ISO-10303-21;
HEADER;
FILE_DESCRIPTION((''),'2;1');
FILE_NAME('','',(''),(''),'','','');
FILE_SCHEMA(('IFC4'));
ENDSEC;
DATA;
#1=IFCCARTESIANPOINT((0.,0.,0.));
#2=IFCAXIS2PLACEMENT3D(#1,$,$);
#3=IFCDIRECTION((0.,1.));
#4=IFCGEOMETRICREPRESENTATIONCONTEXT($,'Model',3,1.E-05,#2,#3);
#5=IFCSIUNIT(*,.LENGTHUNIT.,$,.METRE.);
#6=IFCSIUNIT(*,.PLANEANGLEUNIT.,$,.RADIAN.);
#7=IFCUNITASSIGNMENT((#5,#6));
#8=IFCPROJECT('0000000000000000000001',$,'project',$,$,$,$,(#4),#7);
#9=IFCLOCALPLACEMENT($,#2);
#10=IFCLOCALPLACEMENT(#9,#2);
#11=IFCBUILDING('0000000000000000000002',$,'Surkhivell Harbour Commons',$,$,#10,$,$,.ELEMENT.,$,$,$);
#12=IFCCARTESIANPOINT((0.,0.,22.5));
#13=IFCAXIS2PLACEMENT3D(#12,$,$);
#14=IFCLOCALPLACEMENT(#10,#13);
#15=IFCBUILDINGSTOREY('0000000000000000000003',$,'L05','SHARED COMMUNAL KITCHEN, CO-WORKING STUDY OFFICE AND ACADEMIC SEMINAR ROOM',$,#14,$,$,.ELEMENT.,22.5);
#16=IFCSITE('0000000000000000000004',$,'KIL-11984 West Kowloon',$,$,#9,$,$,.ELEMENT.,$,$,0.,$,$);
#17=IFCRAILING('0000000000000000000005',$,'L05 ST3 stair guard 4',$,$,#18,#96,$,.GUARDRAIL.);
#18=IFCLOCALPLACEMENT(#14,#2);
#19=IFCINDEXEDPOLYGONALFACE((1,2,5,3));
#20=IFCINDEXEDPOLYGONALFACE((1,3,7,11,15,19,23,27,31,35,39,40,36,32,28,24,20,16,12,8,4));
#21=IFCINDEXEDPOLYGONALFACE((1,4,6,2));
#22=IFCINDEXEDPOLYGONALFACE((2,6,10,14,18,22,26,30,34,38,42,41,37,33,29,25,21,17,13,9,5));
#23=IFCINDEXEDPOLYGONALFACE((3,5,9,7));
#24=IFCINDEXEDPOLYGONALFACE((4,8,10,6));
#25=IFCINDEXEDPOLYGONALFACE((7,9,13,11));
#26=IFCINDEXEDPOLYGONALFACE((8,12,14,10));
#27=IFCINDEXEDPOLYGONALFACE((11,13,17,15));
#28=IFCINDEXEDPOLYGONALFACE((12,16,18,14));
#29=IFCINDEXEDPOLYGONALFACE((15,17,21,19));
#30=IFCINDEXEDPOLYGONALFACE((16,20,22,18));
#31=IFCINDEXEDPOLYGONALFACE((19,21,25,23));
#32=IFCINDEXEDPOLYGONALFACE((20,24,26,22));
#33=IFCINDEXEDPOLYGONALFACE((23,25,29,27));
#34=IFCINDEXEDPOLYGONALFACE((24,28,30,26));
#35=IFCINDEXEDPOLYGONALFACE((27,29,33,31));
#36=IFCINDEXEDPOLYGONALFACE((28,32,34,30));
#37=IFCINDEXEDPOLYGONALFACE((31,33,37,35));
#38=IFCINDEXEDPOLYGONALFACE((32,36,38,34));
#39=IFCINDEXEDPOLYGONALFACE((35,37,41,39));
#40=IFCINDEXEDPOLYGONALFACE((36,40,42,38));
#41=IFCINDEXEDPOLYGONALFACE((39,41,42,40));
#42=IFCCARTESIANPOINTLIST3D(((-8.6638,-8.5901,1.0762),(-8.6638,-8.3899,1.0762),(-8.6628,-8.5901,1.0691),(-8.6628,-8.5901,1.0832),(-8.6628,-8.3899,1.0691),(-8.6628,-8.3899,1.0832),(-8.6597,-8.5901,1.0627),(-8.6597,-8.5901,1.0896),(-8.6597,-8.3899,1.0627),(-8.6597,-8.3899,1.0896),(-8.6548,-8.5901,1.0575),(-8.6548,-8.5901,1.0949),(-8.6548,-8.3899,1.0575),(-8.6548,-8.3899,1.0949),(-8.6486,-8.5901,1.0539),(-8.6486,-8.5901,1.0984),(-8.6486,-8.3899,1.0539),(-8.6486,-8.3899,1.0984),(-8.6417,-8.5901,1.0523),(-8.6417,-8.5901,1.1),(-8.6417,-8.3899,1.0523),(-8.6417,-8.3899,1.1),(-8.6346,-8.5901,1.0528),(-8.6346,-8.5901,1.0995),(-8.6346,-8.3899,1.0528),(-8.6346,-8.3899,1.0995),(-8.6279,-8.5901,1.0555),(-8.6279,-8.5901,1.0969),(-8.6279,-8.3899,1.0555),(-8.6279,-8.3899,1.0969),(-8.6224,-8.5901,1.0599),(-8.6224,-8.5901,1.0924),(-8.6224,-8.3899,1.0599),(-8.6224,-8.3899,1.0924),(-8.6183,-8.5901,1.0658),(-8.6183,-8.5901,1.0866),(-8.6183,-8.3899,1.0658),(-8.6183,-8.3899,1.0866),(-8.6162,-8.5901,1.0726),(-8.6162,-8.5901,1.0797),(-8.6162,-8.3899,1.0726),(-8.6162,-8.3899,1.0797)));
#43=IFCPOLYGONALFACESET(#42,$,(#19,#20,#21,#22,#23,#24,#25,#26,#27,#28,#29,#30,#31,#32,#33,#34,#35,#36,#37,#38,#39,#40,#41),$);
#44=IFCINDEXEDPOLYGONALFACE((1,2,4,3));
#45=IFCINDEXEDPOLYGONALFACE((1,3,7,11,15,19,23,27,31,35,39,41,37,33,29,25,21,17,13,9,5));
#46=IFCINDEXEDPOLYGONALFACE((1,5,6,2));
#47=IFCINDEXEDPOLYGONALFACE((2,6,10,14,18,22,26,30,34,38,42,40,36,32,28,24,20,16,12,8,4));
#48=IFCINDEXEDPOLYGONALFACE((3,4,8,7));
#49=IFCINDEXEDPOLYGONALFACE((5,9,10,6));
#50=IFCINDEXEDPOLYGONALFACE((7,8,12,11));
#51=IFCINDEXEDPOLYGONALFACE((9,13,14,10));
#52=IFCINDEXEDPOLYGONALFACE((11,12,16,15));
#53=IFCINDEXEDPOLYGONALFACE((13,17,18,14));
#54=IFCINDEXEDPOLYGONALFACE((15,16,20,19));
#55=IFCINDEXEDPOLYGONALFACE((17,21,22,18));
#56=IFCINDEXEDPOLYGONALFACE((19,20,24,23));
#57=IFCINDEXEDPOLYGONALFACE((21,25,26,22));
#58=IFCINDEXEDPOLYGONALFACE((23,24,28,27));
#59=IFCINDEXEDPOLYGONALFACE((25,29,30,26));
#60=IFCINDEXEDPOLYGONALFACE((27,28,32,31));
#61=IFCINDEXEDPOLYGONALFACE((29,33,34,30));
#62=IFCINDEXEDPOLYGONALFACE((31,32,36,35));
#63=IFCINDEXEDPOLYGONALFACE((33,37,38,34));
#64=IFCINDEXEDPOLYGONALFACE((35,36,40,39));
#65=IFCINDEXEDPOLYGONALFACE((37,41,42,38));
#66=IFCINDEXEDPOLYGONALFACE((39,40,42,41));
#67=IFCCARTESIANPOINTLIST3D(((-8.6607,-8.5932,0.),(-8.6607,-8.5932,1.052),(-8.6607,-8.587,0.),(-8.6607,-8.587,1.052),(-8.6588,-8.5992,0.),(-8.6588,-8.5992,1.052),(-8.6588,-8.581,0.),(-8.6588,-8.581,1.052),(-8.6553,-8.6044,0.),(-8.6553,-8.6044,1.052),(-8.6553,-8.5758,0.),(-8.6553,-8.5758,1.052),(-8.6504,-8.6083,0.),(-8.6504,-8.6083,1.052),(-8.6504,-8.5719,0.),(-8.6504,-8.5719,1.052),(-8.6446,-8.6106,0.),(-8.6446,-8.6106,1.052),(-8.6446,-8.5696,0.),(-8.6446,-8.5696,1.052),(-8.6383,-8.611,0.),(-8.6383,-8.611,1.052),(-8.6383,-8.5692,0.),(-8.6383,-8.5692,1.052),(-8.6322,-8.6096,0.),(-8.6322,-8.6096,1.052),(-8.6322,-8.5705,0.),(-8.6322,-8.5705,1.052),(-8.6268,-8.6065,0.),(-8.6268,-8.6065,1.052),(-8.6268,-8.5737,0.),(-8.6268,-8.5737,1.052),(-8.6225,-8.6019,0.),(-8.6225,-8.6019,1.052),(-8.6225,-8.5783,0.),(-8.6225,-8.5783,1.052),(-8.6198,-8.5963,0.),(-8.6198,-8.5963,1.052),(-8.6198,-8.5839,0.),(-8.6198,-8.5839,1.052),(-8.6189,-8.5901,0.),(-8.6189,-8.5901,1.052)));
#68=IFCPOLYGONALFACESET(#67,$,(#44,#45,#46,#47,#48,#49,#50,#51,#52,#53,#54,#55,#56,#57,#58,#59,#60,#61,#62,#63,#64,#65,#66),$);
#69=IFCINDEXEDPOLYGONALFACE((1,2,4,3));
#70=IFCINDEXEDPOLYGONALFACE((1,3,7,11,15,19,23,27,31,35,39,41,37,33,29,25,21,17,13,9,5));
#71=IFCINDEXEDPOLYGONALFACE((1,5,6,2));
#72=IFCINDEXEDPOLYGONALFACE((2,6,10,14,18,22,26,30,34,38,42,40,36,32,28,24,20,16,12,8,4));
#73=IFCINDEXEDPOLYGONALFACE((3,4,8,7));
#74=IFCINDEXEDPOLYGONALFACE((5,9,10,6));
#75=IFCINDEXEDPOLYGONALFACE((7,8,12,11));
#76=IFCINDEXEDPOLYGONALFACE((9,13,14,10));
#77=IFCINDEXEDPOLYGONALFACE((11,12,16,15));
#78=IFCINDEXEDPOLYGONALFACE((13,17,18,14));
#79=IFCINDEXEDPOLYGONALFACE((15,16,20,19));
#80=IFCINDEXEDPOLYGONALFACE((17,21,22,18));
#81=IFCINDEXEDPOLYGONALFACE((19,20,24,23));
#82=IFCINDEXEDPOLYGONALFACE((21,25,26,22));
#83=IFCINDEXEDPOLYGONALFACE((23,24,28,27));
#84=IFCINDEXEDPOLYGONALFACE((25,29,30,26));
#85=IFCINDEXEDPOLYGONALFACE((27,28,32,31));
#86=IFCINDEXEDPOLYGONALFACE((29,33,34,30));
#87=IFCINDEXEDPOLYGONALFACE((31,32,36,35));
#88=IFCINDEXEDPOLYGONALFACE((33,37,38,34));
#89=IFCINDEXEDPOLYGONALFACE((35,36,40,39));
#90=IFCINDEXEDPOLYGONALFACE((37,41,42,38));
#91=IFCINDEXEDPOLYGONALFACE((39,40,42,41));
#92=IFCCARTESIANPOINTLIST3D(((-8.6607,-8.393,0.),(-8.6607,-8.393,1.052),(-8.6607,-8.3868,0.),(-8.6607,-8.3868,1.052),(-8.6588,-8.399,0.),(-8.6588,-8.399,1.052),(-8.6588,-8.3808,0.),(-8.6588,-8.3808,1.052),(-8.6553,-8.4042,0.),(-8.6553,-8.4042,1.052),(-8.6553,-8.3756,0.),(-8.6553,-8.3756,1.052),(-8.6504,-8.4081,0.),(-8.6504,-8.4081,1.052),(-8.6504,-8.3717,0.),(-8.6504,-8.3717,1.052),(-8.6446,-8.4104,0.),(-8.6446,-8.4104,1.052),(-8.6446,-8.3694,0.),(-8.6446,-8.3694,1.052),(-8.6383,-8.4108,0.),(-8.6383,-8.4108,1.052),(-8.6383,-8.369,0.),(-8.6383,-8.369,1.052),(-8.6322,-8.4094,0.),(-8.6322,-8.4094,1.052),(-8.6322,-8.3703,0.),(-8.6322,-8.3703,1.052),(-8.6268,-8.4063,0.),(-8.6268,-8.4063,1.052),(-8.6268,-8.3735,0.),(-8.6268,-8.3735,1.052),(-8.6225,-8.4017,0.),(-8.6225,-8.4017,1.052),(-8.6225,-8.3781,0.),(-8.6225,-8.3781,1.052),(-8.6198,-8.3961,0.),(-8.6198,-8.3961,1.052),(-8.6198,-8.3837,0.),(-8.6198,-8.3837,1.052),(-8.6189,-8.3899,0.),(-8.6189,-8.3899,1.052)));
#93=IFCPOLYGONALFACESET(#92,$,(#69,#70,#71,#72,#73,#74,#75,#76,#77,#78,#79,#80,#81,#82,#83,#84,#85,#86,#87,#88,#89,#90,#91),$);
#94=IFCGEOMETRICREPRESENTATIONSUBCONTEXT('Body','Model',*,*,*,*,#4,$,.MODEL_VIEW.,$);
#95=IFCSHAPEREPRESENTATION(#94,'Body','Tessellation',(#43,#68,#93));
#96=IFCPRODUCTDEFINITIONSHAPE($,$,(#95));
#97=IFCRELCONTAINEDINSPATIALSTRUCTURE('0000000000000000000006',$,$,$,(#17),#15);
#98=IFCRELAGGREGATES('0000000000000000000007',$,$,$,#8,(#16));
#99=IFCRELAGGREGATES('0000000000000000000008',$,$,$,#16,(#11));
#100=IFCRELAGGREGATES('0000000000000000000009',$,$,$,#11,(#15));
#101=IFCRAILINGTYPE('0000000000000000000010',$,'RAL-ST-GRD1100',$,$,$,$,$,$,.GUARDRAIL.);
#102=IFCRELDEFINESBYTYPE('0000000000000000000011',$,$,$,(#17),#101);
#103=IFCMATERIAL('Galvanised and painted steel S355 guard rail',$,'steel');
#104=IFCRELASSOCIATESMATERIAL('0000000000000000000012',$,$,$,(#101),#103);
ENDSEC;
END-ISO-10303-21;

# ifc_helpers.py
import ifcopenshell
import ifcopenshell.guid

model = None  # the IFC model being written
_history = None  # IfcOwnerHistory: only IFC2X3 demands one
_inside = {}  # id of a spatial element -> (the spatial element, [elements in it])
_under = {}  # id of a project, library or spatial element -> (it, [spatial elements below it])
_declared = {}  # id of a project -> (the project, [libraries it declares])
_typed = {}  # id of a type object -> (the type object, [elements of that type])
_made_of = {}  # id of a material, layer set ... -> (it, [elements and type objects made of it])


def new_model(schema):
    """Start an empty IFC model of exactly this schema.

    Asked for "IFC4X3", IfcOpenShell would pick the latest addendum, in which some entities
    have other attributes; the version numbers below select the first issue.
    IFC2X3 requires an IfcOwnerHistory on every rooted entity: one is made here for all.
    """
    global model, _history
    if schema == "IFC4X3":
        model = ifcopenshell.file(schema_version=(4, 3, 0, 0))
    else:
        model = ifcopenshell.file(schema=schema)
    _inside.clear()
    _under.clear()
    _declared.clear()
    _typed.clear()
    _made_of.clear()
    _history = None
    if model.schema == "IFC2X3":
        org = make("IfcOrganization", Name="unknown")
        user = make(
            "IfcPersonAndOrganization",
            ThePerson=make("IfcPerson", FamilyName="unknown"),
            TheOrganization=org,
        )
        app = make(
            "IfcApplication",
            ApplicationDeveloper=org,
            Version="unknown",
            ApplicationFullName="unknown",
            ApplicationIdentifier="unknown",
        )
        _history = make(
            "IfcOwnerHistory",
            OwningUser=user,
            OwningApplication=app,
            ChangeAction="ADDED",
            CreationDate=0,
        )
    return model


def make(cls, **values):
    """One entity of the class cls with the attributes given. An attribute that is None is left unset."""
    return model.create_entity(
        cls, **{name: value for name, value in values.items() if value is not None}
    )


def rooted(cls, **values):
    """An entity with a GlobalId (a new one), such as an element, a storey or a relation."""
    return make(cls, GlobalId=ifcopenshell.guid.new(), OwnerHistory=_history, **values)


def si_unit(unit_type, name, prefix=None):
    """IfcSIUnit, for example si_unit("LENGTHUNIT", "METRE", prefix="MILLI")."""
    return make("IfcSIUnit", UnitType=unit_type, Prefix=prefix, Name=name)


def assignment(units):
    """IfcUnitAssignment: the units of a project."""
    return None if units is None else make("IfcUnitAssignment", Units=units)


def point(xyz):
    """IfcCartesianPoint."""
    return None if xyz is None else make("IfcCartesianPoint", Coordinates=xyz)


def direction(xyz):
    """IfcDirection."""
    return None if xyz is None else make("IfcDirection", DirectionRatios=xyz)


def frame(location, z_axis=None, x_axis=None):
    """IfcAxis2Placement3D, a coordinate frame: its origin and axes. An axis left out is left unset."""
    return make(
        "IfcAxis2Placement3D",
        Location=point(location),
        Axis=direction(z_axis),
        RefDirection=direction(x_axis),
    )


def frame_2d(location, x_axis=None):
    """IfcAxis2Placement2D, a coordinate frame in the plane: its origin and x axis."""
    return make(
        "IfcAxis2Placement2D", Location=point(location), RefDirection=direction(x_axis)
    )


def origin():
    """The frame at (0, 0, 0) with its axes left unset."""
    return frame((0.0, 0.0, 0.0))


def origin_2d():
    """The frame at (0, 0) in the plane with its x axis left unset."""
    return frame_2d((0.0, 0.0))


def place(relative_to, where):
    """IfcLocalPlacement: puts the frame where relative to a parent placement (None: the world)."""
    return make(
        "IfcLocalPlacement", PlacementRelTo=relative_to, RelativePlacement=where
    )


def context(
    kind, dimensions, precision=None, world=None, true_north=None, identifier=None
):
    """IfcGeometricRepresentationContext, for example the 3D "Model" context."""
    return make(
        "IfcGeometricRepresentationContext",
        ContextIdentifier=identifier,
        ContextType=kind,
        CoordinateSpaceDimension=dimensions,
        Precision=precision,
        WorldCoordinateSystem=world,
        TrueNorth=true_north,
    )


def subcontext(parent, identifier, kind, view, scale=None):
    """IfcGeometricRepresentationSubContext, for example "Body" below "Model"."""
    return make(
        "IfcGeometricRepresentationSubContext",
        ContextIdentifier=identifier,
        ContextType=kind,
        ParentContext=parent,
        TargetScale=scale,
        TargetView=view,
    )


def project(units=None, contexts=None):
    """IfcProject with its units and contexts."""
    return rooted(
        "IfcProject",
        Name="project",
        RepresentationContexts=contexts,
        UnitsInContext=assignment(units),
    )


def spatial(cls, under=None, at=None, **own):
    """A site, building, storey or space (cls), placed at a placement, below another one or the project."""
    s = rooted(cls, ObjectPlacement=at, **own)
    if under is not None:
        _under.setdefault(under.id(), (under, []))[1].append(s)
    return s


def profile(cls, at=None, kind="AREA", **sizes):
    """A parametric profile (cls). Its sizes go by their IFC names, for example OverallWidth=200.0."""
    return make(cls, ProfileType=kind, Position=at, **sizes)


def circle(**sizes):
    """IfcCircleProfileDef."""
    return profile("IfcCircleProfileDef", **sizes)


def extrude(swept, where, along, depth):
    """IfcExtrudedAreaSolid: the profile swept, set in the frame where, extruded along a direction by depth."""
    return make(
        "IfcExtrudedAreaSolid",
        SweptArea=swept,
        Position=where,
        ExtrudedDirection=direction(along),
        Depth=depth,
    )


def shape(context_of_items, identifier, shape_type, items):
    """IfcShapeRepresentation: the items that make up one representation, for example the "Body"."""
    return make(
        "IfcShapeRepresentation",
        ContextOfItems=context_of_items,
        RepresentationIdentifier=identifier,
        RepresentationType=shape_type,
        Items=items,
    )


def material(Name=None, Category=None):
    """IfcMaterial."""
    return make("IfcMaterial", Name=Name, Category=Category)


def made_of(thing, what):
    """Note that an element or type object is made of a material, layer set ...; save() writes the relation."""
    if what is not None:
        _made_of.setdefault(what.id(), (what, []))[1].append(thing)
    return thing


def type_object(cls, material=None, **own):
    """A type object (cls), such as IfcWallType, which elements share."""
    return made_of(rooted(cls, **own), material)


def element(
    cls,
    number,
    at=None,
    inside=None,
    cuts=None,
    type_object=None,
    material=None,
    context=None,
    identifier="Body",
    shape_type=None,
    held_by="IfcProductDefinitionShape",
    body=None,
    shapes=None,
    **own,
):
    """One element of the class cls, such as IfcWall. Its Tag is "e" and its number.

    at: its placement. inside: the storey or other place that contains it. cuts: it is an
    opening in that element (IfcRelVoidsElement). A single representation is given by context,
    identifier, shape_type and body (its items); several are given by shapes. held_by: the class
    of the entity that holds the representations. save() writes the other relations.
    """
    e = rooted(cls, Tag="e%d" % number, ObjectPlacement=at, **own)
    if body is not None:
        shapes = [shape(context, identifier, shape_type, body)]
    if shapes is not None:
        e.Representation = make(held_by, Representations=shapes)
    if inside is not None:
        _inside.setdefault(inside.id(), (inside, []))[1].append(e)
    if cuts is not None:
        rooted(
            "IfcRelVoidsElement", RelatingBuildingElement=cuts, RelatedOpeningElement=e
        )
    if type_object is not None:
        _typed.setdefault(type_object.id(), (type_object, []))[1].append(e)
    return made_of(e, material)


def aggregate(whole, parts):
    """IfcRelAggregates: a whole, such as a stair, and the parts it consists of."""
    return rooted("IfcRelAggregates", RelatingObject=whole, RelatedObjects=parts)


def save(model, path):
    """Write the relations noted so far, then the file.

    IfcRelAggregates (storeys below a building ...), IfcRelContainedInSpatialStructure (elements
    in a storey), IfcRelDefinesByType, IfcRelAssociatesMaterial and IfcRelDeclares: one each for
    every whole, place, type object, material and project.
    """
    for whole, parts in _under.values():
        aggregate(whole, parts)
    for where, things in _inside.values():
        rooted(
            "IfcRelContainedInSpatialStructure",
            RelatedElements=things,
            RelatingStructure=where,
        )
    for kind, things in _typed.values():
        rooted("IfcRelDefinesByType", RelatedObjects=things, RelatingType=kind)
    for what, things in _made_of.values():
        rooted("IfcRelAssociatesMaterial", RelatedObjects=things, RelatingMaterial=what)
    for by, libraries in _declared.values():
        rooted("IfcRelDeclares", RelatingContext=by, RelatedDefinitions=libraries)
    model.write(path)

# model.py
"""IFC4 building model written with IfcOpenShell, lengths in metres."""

from ifc_helpers import new_model, si_unit, direction, frame, origin, origin_2d, place, context, subcontext, project, spatial, circle, extrude, material, type_object, element, save


model = new_model("IFC4")

# Units and contexts
model_context = context("Model", 3, precision=1e-05, world=origin(), true_north=direction((0.0, 1.0)))
body_context = subcontext(model_context, "Body", "Model", "MODEL_VIEW")
ifc_project = project(units=[si_unit("LENGTHUNIT", "METRE"), si_unit("PLANEANGLEUNIT", "RADIAN")], contexts=[model_context])

# Site, building, storey
site_placement = place(None, origin())
site = spatial("IfcSite", under=ifc_project, at=site_placement, Name="KIL-11984 West Kowloon", CompositionType="ELEMENT", RefElevation=0.0)
building_placement = place(site_placement, origin())
building = spatial("IfcBuilding", under=site, at=building_placement, Name="Surkhivell Harbour Commons", CompositionType="ELEMENT")
storey_placement = place(building_placement, frame((0.0, 0.0, 22.5)))
storey = spatial("IfcBuildingStorey", under=building, at=storey_placement, Name="L05", Description="SHARED COMMUNAL KITCHEN, CO-WORKING STUDY OFFICE AND ACADEMIC SEMINAR ROOM", CompositionType="ELEMENT", Elevation=22.5)

# Railing
ifc_material_1 = material(Name="Galvanised and painted steel S355 guard rail", Category="steel")
railing_type_1 = type_object("IfcRailingType", Name="RAL-ST-GRD1100", PredefinedType="GUARDRAIL", material=ifc_material_1)
railing_1_placement = place(storey_placement, frame((-8.6399, -8.5901, 0.0)))
element("IfcRailing", 1, at=railing_1_placement, inside=storey, type_object=railing_type_1, Name="L05 ST3 stair guard 4", PredefinedType="GUARDRAIL", context=body_context, shape_type="SweptSolid", body=[
    extrude(circle(Radius=0.0239, at=origin_2d()), frame((0.0, 0.0, 1.0762), z_axis=(0.0, 1.0, 0.0), x_axis=(-1.0, 0.0, 0.0)), (0.0, 0.0, 1.0), 0.2002),
    extrude(circle(Radius=0.021, at=origin_2d()), origin(), (0.0, 0.0, 1.0), 1.052),
    extrude(circle(Radius=0.021, at=origin_2d()), frame((0.0, 0.2002, 0.0)), (0.0, 0.0, 1.0), 1.052),
])

save(model, "model.ifc")
